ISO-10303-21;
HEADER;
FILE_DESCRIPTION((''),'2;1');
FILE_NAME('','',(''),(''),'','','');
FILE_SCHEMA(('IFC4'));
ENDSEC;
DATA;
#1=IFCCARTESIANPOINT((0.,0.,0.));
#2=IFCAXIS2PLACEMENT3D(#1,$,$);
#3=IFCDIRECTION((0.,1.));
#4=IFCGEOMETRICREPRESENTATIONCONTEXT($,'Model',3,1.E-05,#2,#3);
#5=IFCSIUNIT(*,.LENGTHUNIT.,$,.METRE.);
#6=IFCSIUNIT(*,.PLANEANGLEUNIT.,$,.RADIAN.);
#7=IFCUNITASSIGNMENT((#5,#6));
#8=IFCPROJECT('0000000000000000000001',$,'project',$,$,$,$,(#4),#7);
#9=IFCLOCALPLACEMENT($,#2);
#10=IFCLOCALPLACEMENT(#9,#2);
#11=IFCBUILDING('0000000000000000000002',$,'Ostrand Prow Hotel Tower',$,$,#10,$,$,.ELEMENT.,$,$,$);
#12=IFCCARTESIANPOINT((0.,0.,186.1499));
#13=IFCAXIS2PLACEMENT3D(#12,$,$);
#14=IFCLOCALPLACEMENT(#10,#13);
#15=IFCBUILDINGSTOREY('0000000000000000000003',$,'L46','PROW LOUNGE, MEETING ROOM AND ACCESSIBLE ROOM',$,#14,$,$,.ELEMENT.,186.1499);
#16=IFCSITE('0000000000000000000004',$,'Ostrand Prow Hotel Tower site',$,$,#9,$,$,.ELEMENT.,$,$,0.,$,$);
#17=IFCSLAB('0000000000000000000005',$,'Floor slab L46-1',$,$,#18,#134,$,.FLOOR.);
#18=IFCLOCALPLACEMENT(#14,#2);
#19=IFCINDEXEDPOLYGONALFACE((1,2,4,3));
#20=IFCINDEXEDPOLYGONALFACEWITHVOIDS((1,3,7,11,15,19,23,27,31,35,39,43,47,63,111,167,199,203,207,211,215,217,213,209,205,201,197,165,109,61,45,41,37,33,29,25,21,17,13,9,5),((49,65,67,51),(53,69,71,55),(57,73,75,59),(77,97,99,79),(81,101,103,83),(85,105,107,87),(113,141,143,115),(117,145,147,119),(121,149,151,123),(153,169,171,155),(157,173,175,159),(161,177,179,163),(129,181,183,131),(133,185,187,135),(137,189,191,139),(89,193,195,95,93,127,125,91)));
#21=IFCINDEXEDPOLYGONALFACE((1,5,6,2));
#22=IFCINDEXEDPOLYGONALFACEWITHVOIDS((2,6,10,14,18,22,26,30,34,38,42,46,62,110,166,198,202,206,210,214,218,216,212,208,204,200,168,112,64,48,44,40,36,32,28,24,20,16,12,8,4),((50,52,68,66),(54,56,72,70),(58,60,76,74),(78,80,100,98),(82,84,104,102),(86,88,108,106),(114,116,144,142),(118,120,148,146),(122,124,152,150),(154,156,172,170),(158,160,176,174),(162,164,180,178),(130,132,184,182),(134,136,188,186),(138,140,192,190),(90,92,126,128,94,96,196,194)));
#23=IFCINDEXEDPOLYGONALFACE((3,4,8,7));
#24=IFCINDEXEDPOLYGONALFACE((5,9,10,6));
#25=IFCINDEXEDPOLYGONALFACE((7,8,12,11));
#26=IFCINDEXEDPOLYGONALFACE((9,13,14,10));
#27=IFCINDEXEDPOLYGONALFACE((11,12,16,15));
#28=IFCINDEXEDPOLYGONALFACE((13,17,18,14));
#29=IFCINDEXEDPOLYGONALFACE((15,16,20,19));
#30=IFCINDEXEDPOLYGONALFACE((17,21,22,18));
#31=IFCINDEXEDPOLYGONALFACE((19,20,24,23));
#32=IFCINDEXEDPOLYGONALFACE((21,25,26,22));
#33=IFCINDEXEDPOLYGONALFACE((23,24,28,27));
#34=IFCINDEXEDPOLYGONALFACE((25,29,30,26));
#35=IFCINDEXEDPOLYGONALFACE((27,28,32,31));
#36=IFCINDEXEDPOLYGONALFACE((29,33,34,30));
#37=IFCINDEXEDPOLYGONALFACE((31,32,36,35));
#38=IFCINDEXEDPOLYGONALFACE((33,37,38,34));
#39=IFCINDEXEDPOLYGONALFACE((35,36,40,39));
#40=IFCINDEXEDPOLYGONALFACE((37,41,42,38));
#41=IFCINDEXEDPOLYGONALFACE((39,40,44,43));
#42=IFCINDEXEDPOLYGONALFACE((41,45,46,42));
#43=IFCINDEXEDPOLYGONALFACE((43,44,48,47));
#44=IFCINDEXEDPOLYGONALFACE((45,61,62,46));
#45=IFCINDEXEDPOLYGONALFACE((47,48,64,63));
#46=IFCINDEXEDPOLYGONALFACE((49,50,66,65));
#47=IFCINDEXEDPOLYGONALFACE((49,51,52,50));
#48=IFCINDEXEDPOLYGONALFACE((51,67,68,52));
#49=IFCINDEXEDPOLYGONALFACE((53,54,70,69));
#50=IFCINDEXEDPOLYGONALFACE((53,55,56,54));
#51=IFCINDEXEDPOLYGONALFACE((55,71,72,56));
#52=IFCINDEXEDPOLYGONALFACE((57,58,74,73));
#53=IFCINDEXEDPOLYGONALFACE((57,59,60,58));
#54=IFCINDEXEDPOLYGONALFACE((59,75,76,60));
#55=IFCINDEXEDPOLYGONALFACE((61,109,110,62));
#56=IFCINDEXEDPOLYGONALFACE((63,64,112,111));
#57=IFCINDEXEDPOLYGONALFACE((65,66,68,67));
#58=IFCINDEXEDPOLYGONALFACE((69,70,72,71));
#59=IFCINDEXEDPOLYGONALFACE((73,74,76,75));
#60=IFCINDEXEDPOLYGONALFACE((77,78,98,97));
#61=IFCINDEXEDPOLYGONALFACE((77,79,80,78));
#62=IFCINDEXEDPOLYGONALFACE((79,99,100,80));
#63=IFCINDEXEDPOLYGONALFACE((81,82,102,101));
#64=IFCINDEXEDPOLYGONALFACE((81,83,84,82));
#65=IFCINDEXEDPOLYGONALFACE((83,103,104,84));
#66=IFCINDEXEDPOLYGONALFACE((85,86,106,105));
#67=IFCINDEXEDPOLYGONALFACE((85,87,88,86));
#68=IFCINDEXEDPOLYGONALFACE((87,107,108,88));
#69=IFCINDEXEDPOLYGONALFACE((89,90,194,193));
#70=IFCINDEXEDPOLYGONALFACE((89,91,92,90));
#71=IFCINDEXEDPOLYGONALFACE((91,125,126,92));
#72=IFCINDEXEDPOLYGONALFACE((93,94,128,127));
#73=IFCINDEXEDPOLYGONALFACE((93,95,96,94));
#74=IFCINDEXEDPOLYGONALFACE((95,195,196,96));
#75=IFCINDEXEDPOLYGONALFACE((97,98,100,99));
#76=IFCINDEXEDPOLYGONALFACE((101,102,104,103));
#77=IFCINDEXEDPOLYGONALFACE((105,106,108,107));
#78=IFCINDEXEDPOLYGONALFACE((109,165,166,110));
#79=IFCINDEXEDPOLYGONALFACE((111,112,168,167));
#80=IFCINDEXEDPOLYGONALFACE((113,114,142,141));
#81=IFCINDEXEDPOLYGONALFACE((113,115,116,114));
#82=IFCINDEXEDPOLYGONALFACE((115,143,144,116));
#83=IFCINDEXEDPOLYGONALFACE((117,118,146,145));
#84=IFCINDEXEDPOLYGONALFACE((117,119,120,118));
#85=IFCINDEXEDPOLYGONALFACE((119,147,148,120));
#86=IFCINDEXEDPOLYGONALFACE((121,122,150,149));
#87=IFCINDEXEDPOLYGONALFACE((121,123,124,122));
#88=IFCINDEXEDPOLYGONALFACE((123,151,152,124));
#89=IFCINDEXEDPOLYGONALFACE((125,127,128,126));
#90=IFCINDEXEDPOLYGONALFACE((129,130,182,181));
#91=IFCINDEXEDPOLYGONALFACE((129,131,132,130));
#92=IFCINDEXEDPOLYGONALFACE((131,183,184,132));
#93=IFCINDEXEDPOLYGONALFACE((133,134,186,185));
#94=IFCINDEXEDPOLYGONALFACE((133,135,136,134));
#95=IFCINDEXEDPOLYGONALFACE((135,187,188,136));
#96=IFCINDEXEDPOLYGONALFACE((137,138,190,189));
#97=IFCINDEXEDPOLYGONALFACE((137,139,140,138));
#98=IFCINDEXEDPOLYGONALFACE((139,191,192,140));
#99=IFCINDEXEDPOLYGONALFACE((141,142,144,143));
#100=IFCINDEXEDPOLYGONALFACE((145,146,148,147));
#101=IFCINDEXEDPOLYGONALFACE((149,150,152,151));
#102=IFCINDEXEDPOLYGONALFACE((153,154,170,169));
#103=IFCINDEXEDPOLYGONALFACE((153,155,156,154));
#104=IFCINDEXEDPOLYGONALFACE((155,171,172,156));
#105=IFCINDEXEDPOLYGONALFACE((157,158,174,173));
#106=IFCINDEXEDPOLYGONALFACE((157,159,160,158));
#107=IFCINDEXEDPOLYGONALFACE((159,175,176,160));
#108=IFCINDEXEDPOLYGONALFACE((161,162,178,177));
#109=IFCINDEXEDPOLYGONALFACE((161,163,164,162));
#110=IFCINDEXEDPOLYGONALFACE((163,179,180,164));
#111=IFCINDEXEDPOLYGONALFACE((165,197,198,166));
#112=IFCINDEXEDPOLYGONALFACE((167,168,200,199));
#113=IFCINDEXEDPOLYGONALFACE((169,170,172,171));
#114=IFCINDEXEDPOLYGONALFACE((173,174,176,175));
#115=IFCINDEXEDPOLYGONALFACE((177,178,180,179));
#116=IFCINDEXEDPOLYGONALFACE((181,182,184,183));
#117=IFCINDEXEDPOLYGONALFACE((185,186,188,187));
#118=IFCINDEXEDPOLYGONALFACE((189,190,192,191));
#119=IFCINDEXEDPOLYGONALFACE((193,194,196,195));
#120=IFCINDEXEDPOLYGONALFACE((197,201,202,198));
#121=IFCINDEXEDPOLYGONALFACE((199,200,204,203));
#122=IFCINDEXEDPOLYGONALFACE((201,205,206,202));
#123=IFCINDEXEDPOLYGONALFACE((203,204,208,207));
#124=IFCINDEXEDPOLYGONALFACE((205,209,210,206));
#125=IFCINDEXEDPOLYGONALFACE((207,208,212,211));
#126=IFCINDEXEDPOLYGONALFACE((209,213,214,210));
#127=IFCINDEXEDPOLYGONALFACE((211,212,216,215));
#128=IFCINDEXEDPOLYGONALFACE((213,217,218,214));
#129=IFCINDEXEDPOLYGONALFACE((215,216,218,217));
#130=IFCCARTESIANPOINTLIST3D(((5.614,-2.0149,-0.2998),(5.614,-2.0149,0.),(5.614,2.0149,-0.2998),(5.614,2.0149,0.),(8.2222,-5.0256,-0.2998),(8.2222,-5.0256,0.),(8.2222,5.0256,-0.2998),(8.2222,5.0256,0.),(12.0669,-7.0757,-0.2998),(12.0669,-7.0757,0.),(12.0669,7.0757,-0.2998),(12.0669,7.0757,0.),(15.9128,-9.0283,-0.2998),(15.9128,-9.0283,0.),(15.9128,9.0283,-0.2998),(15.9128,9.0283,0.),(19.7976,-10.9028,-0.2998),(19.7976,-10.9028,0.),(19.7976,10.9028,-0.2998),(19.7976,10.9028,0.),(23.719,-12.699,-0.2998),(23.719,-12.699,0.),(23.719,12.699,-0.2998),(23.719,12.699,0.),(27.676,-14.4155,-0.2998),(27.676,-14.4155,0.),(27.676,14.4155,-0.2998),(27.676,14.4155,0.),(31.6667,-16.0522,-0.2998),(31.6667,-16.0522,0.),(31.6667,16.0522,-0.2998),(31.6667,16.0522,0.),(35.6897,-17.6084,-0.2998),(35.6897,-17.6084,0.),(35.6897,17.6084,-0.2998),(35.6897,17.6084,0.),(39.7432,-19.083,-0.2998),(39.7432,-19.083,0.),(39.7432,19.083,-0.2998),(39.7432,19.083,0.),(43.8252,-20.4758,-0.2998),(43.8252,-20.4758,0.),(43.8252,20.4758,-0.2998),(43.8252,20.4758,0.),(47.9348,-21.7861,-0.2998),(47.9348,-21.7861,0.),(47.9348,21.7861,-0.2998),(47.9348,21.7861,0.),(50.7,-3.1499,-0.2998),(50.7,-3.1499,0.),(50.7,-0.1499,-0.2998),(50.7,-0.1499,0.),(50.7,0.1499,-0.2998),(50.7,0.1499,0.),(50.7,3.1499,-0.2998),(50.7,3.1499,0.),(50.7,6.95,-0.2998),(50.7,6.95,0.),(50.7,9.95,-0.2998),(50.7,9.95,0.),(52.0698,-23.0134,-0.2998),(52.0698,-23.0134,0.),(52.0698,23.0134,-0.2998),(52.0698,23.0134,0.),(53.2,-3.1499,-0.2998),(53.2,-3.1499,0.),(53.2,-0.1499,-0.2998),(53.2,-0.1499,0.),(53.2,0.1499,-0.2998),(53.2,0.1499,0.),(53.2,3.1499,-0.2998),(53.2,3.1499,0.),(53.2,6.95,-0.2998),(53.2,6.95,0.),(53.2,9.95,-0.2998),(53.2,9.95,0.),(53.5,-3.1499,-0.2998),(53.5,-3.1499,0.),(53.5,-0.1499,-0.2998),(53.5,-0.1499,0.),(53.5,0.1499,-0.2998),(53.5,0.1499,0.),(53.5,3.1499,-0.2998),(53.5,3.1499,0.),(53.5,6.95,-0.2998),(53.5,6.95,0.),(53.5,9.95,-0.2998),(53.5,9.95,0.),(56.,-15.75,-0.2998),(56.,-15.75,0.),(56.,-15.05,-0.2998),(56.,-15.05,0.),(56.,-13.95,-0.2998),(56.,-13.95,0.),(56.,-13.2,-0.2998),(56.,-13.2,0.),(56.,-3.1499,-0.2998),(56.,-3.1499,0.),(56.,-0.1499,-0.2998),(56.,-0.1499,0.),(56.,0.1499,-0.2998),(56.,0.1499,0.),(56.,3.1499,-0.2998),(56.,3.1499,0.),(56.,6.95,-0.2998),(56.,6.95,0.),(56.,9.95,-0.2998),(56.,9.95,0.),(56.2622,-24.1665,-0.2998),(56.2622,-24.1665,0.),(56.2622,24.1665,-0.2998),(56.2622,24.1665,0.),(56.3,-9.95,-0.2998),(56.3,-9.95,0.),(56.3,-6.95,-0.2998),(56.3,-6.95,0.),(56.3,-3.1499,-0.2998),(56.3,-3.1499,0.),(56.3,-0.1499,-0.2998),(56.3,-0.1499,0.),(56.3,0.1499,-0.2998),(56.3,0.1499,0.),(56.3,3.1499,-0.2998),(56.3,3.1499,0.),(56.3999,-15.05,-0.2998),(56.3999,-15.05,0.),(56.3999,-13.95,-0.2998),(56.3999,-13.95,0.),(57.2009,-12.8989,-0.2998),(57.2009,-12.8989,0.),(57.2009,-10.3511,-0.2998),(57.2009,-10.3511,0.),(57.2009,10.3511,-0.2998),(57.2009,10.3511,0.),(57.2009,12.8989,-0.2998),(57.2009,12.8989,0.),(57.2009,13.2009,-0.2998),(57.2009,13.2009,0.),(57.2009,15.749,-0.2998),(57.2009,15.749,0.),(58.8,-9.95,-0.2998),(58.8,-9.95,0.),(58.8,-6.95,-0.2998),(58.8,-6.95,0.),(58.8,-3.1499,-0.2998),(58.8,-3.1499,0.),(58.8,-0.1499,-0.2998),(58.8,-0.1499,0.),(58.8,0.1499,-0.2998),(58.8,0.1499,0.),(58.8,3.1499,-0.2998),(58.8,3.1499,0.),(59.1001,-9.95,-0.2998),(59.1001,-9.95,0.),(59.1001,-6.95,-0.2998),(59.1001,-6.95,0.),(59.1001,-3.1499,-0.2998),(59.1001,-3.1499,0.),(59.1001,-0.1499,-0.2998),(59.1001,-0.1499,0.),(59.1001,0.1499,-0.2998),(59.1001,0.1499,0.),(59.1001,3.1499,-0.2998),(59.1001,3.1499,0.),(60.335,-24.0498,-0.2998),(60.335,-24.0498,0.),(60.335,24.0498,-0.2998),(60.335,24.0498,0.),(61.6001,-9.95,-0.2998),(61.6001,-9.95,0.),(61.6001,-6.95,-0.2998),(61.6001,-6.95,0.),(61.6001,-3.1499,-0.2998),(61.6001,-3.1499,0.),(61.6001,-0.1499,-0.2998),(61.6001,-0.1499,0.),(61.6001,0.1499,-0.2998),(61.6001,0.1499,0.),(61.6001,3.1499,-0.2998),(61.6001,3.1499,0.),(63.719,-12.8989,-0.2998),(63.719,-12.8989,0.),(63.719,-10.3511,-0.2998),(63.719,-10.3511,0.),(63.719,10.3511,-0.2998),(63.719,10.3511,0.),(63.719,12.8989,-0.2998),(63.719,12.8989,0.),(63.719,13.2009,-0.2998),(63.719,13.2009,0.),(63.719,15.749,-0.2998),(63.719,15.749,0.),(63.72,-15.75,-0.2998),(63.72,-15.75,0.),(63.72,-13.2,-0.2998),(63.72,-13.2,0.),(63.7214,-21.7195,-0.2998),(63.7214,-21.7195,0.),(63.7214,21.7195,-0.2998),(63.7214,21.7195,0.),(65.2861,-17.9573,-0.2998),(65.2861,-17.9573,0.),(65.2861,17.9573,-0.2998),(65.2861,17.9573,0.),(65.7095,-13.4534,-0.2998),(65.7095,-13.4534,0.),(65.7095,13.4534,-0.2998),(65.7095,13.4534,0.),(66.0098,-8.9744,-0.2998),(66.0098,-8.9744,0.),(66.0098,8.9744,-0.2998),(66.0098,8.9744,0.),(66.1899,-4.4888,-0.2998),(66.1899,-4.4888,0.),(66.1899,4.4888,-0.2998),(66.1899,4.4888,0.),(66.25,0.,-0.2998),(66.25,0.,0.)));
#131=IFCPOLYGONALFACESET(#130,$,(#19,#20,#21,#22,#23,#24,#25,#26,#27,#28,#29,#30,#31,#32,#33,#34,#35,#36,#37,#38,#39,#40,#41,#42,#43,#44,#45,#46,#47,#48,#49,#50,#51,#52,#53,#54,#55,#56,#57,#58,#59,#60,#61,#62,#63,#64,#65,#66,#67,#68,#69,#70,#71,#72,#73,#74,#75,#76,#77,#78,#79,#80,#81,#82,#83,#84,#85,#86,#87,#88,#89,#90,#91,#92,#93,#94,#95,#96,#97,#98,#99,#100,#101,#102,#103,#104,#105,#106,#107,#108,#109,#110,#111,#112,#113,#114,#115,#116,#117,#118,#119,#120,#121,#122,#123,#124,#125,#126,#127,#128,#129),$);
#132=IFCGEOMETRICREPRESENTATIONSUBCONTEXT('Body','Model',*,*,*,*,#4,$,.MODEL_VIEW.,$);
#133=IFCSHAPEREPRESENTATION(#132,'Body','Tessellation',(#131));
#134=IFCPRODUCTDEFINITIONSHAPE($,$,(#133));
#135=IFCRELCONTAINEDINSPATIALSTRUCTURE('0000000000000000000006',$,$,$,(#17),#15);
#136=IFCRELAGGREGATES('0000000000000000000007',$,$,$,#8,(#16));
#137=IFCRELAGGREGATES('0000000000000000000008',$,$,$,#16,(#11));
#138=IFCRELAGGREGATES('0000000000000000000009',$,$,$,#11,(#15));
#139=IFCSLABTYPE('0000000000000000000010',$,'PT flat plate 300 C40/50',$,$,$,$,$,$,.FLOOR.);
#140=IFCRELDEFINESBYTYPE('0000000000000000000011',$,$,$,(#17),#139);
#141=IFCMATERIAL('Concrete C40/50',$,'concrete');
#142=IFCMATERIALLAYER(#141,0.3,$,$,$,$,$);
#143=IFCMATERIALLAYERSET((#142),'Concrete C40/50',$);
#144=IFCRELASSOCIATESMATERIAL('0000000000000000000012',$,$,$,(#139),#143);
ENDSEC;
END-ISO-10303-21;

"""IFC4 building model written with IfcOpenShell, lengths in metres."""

from ifc_helpers import new_model, si_unit, direction, frame, origin, place, context, subcontext, project, spatial, polyline, outline, extrude, material, layer, layer_set, type_object, element, save


model = new_model("IFC4")

# Units and contexts
model_context = context("Model", 3, precision=1e-05, world=origin(), true_north=direction((0.0, 1.0)))
body_context = subcontext(model_context, "Body", "Model", "MODEL_VIEW")
ifc_project = project(units=[si_unit("LENGTHUNIT", "METRE"), si_unit("PLANEANGLEUNIT", "RADIAN")], contexts=[model_context])

# Site, building, storey
site_placement = place(None, origin())
site = spatial("IfcSite", under=ifc_project, at=site_placement, Name="Ostrand Prow Hotel Tower site", CompositionType="ELEMENT", RefElevation=0.0)
building_placement = place(site_placement, origin())
building = spatial("IfcBuilding", under=site, at=building_placement, Name="Ostrand Prow Hotel Tower", CompositionType="ELEMENT")
storey_placement = place(building_placement, frame((0.0, 0.0, 186.1499)))
storey = spatial("IfcBuildingStorey", under=building, at=storey_placement, Name="L46", Description="PROW LOUNGE, MEETING ROOM AND ACCESSIBLE ROOM", CompositionType="ELEMENT", Elevation=186.1499)

# Slab, opening
ifc_material_1 = material(Name="Concrete C40/50", Category="concrete")
ifc_layer_1 = layer(ifc_material_1, 0.3)
ifc_layer_set_1 = layer_set([ifc_layer_1], Name="Concrete C40/50")
slab_type = type_object("IfcSlabType", Name="PT flat plate 300 C40/50", PredefinedType="FLOOR", material=ifc_layer_set_1)
slab_placement = place(storey_placement, frame((0.0, 0.0, -0.2998)))
slab = element("IfcSlab", 1, at=slab_placement, inside=storey, type_object=slab_type, Name="Floor slab L46-1", PredefinedType="FLOOR", context=body_context, shape_type="SweptSolid", body=[
    extrude(outline(polyline([(8.2222, 5.0256), (12.0669, 7.0757), (15.9128, 9.0283), (19.7976, 10.9028), (23.719, 12.699), (27.676, 14.4155), (31.6667, 16.0522), (35.6897, 17.6084), (39.7432, 19.083), (43.8252, 20.4758), (47.9348, 21.7861), (52.0698, 23.0134), (56.2622, 24.1665), (60.335, 24.0498), (63.7214, 21.7195), (65.2861, 17.9573), (65.7095, 13.4534), (66.0098, 8.9744), (66.1899, 4.4888), (66.25, 0.0), (66.1899, -4.4888), (66.0098, -8.9744), (65.7095, -13.4534), (65.2861, -17.9573), (63.7214, -21.7195), (60.335, -24.0498), (56.2622, -24.1665), (52.0698, -23.0134), (47.9348, -21.7861), (43.8252, -20.4758), (39.7432, -19.083), (35.6897, -17.6084), (31.6667, -16.0522), (27.676, -14.4155), (23.719, -12.699), (19.7976, -10.9028), (15.9128, -9.0283), (12.0669, -7.0757), (8.2222, -5.0256), (5.614, -2.0149), (5.614, 2.0149), (8.2222, 5.0256)]), holes=[polyline([(50.7, 6.95), (53.2, 6.95), (53.2, 9.95), (50.7, 9.95), (50.7, 6.95)]), polyline([(53.5, 6.95), (56.0, 6.95), (56.0, 9.95), (53.5, 9.95), (53.5, 6.95)]), polyline([(50.7, 0.1499), (53.2, 0.1499), (53.2, 3.1499), (50.7, 3.1499), (50.7, 0.1499)]), polyline([(53.5, 0.1499), (56.0, 0.1499), (56.0, 3.1499), (53.5, 3.1499), (53.5, 0.1499)]), polyline([(56.3, 0.1499), (58.8, 0.1499), (58.8, 3.1499), (56.3, 3.1499), (56.3, 0.1499)]), polyline([(59.1001, 0.1499), (61.6001, 0.1499), (61.6001, 3.1499), (59.1001, 3.1499), (59.1001, 0.1499)]), polyline([(50.7, -3.1499), (53.2, -3.1499), (53.2, -0.1499), (50.7, -0.1499), (50.7, -3.1499)]), polyline([(53.5, -3.1499), (56.0, -3.1499), (56.0, -0.1499), (53.5, -0.1499), (53.5, -3.1499)]), polyline([(56.3, -3.1499), (58.8, -3.1499), (58.8, -0.1499), (56.3, -0.1499), (56.3, -3.1499)]), polyline([(59.1001, -3.1499), (61.6001, -3.1499), (61.6001, -0.1499), (59.1001, -0.1499), (59.1001, -3.1499)]), polyline([(56.3, -9.95), (58.8, -9.95), (58.8, -6.95), (56.3, -6.95), (56.3, -9.95)]), polyline([(59.1001, -9.95), (61.6001, -9.95), (61.6001, -6.95), (59.1001, -6.95), (59.1001, -9.95)]), polyline([(57.2009, 10.3511), (57.2009, 12.8989), (63.719, 12.8989), (63.719, 10.3511), (57.2009, 10.3511)]), polyline([(57.2009, 13.2009), (57.2009, 15.749), (63.719, 15.749), (63.719, 13.2009), (57.2009, 13.2009)]), polyline([(57.2009, -12.8989), (57.2009, -10.3511), (63.719, -10.3511), (63.719, -12.8989), (57.2009, -12.8989)]), polyline([(63.72, -13.2), (63.72, -15.75), (56.0, -15.75), (56.0, -15.05), (56.3999, -15.05), (56.3999, -13.95), (56.0, -13.95), (56.0, -13.2), (63.72, -13.2)])]), origin(), (0.0, 0.0, 1.0), 0.2998),
])
opening_1_placement = place(slab_placement, origin())
element("IfcOpeningElement", 2, at=opening_1_placement, cuts=slab, PredefinedType="OPENING", context=body_context, shape_type="SweptSolid", body=[
    extrude(outline(polyline([(63.72, -13.2), (63.72, -15.75), (56.0, -15.75), (56.0, -15.05), (56.3999, -15.05), (56.3999, -13.95), (56.0, -13.95), (56.0, -13.2), (63.72, -13.2)])), origin(), (0.0, 0.0, 1.0), 0.2998),
])

save(model, "model.ifc")
